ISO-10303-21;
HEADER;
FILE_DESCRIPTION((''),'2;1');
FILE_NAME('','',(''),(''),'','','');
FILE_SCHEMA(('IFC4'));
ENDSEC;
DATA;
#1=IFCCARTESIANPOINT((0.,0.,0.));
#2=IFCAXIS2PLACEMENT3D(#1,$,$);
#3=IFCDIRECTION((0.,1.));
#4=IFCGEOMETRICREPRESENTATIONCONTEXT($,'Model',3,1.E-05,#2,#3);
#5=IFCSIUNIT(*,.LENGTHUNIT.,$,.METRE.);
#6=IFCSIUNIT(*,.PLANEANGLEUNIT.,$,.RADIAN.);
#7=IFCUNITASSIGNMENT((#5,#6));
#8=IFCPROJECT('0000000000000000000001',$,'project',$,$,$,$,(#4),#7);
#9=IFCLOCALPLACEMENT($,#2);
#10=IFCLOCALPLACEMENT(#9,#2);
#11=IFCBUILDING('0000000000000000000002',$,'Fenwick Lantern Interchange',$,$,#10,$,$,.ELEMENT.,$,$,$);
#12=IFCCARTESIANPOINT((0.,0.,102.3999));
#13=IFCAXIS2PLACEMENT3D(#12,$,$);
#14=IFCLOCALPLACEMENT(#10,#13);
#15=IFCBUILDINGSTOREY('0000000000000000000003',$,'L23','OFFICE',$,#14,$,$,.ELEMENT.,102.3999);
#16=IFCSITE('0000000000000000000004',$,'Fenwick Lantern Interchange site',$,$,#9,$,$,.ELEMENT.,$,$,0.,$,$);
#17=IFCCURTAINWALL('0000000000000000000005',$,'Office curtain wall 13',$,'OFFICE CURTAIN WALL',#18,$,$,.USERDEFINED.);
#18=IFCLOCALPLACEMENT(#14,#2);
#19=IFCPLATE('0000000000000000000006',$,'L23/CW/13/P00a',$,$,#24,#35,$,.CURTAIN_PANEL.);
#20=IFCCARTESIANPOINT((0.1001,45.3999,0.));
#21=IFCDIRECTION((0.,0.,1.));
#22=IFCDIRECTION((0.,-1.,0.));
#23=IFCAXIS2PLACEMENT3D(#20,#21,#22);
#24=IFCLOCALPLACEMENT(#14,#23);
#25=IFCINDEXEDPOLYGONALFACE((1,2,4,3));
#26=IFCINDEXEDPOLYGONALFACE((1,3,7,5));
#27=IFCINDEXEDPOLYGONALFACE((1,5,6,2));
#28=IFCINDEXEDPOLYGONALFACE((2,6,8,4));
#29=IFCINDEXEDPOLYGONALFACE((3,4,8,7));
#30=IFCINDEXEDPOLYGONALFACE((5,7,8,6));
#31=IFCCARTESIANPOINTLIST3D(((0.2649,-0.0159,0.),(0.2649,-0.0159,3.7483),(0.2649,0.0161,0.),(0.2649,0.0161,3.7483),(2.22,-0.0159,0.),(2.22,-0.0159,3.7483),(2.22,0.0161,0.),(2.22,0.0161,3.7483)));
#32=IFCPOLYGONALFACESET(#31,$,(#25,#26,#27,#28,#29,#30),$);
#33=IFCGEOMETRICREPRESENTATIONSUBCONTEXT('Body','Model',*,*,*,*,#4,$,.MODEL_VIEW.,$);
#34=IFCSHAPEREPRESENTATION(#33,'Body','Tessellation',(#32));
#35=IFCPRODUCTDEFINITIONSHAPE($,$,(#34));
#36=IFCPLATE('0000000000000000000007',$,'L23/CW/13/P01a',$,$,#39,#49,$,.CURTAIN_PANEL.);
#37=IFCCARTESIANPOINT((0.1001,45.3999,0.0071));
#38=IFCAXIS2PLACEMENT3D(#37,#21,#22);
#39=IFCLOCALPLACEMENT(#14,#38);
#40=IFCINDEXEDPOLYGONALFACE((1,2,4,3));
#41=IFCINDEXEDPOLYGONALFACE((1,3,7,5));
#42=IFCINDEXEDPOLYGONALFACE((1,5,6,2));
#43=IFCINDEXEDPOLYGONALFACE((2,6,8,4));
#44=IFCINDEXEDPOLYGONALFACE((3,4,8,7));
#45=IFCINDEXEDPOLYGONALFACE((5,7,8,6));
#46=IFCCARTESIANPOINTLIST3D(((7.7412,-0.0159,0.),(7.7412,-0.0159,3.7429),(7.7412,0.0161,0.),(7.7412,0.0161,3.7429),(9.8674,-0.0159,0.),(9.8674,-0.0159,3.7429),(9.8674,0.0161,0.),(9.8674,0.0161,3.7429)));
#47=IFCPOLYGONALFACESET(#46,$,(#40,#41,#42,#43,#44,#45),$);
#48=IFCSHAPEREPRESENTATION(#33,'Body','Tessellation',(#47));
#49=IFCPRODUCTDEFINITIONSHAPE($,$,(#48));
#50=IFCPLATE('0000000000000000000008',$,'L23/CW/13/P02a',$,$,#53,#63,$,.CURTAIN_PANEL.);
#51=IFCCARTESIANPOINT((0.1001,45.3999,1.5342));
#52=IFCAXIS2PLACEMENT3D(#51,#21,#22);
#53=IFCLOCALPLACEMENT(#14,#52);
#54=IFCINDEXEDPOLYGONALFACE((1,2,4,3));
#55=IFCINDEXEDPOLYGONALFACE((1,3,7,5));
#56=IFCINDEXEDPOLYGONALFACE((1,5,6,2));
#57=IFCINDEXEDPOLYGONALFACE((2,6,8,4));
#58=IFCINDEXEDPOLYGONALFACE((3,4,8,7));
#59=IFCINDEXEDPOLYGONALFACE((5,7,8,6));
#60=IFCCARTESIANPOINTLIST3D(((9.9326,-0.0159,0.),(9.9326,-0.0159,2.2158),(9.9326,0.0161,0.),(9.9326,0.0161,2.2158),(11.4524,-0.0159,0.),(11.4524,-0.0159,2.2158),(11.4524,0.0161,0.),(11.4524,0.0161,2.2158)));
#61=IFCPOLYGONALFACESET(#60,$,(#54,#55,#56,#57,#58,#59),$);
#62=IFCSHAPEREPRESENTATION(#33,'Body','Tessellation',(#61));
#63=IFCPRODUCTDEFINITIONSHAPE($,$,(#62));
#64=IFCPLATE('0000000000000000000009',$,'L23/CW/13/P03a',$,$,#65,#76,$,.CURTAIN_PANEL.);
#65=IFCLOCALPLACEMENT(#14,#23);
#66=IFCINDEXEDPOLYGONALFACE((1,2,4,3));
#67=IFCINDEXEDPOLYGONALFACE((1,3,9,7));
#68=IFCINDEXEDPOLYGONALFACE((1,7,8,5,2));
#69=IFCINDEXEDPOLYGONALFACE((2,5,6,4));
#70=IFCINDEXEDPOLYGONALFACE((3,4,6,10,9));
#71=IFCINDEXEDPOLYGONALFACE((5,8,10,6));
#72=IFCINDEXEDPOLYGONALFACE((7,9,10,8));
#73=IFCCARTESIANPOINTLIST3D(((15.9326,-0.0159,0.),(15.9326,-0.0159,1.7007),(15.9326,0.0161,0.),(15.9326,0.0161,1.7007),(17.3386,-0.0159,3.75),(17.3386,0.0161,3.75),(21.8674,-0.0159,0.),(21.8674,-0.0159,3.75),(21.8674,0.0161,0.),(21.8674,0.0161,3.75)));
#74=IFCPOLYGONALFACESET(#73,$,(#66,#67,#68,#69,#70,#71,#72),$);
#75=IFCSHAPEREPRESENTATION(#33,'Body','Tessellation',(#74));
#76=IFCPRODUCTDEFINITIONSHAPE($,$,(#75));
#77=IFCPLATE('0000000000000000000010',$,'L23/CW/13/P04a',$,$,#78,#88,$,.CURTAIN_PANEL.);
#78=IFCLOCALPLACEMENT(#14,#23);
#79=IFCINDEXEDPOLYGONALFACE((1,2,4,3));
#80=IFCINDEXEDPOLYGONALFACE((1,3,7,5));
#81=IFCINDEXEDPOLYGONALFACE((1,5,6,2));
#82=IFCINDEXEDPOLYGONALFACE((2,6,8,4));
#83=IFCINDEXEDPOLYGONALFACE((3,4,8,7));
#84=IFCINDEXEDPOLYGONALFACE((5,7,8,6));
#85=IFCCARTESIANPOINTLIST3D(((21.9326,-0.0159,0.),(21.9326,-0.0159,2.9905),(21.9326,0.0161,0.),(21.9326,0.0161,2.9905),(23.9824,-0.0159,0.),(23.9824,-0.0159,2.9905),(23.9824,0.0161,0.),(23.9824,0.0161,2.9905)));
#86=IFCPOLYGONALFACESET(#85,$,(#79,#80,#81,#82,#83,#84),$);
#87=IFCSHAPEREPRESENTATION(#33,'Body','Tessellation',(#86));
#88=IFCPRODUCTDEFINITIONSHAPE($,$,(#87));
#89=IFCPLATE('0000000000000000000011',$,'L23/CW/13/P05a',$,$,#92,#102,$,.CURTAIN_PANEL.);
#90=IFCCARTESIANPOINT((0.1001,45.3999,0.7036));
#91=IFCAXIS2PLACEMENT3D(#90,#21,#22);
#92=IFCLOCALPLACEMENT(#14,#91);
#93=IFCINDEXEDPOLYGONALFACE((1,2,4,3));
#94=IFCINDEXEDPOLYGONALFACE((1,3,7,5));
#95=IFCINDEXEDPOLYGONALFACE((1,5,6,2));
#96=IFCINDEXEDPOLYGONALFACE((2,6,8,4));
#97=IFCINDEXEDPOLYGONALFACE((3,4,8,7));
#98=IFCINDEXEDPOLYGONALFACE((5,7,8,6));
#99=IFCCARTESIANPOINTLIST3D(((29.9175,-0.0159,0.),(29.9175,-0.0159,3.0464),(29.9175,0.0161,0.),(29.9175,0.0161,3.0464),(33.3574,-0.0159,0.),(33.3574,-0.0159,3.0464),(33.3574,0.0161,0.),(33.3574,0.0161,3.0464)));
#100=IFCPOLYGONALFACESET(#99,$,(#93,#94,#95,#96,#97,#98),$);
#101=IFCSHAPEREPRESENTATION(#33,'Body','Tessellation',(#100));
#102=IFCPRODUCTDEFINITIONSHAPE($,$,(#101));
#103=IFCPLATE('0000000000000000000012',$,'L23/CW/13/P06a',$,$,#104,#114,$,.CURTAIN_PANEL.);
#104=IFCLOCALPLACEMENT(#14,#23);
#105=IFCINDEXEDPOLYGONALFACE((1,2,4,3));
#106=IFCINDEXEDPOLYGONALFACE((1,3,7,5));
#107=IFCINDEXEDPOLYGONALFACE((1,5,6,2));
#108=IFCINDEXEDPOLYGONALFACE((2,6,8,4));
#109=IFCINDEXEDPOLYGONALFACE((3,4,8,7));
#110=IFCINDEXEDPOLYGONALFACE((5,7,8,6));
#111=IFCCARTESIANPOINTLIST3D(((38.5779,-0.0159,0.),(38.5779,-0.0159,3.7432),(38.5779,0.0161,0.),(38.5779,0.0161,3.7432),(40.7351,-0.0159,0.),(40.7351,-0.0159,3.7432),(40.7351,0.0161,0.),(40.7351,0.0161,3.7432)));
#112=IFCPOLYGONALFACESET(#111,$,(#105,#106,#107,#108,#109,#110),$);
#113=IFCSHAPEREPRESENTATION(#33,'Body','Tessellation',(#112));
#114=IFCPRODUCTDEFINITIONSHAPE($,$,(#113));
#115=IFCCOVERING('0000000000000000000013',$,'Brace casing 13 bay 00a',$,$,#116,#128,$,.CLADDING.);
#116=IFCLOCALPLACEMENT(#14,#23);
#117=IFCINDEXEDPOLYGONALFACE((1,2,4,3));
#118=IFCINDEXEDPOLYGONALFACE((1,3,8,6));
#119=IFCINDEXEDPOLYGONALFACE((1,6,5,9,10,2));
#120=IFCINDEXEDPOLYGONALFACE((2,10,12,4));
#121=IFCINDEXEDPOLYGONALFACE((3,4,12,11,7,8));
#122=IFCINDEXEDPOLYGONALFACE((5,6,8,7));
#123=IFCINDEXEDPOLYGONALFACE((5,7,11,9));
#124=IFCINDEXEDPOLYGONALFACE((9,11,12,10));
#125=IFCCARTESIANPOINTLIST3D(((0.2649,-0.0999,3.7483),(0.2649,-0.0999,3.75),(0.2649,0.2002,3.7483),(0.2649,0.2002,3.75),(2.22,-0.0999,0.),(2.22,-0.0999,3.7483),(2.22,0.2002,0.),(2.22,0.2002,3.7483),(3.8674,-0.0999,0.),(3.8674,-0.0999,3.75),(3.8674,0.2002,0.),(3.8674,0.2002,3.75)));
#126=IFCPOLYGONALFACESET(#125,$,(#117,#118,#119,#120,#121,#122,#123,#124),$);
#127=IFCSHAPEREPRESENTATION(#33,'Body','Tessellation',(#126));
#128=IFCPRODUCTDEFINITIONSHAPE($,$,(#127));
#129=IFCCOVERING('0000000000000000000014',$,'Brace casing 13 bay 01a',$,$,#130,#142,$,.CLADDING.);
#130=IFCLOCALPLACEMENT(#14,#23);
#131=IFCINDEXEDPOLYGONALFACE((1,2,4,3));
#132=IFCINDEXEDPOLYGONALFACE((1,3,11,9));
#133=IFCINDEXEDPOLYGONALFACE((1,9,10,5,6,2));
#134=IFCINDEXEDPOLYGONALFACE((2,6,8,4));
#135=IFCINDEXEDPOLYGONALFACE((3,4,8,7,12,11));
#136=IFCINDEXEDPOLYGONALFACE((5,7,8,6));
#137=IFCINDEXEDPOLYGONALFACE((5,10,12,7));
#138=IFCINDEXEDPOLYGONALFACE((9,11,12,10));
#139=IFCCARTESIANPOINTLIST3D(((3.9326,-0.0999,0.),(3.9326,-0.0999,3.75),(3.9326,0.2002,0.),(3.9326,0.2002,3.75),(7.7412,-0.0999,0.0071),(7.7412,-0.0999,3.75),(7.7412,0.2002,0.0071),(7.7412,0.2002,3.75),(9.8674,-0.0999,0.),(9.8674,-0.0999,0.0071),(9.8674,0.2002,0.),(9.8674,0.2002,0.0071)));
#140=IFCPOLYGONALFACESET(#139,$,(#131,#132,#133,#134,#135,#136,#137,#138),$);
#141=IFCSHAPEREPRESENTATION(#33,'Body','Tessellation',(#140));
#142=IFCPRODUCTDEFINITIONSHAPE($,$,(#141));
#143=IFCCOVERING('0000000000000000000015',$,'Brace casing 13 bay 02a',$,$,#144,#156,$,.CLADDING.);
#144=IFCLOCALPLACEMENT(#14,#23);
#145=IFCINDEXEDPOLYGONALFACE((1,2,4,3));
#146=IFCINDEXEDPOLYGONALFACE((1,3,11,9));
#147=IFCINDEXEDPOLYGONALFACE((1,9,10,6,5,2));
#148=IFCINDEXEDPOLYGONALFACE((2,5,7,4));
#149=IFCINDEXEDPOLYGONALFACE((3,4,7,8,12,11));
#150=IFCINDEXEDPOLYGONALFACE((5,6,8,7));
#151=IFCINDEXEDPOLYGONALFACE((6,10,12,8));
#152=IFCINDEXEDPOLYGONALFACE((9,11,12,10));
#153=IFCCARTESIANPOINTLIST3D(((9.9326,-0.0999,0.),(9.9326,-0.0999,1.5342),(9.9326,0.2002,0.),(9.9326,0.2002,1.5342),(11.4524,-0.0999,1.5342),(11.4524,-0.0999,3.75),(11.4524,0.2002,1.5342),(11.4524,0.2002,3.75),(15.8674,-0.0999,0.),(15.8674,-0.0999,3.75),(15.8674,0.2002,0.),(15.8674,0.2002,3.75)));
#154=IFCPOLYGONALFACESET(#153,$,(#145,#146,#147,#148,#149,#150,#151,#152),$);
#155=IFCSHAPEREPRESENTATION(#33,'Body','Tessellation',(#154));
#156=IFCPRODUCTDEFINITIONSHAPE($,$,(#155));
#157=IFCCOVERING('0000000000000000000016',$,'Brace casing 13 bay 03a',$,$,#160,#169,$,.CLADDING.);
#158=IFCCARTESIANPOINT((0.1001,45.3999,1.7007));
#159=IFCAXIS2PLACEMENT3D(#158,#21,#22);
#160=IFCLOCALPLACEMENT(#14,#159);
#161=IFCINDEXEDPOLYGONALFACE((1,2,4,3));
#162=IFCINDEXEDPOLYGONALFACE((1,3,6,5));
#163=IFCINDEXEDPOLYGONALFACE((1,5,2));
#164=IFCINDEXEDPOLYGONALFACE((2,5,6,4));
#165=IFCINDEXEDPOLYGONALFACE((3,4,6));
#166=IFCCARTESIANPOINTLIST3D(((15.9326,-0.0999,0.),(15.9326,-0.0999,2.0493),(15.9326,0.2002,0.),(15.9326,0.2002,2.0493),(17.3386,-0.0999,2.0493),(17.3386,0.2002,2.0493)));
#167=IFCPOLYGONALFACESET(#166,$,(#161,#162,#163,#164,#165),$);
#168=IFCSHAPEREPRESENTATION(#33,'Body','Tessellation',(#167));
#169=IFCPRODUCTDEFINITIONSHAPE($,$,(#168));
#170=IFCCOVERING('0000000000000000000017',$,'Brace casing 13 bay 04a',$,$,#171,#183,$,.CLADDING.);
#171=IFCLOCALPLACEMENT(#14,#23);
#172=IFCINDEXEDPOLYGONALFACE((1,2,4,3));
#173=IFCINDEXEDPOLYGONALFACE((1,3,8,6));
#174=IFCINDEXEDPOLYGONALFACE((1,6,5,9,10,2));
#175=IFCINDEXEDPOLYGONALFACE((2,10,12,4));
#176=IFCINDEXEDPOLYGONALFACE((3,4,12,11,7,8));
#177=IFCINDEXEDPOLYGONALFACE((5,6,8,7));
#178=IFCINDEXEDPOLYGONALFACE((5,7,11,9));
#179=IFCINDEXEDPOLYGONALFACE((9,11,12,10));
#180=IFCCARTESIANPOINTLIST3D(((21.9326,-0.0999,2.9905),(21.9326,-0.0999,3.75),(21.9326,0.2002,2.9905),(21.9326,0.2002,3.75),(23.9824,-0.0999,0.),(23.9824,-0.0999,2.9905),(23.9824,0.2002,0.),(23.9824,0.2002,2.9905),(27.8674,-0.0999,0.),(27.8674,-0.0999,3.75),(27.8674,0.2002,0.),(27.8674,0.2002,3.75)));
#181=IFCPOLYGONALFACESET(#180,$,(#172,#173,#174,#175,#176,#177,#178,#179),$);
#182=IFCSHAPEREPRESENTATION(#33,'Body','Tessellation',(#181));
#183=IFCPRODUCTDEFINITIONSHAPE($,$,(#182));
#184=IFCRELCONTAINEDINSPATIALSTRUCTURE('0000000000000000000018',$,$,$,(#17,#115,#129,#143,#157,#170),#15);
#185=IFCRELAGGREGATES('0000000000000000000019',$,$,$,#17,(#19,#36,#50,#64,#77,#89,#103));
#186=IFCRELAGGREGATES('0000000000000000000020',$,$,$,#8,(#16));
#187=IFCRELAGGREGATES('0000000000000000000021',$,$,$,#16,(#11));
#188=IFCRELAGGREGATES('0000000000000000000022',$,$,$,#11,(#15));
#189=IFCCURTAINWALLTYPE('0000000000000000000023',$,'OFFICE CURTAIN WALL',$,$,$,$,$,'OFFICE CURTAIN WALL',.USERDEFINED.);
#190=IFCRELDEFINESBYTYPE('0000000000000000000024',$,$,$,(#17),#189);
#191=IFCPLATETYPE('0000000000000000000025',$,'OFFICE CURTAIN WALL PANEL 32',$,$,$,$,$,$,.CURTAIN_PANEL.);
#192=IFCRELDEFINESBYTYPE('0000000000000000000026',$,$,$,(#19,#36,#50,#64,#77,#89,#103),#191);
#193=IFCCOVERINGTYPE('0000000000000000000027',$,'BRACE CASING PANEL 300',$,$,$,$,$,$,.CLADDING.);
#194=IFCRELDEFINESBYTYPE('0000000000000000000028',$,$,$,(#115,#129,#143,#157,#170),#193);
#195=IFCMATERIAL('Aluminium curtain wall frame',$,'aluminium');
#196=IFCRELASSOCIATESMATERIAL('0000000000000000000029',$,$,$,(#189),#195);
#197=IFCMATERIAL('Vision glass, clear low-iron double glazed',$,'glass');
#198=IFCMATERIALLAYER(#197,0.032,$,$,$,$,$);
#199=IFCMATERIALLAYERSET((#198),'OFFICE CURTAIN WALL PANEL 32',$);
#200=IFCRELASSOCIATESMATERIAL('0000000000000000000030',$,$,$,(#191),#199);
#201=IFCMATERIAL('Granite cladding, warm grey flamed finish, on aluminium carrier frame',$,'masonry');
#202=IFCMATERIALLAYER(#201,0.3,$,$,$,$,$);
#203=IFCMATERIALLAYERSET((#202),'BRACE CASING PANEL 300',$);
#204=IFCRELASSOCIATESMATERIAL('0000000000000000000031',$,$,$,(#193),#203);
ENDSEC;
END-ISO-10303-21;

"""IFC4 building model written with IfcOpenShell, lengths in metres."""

from ifc_helpers import new_model, si_unit, direction, frame, origin, place, context, subcontext, project, spatial, polyline, outline, extrude, material, layer, layer_set, type_object, element, aggregate, save


model = new_model("IFC4")

# Units and contexts
model_context = context("Model", 3, precision=1e-05, world=origin(), true_north=direction((0.0, 1.0)))
body_context = subcontext(model_context, "Body", "Model", "MODEL_VIEW")
ifc_project = project(units=[si_unit("LENGTHUNIT", "METRE"), si_unit("PLANEANGLEUNIT", "RADIAN")], contexts=[model_context])

# Site, building, storey
site_placement = place(None, origin())
site = spatial("IfcSite", under=ifc_project, at=site_placement, Name="Fenwick Lantern Interchange site", CompositionType="ELEMENT", RefElevation=0.0)
building_placement = place(site_placement, origin())
building = spatial("IfcBuilding", under=site, at=building_placement, Name="Fenwick Lantern Interchange", CompositionType="ELEMENT")
storey_placement = place(building_placement, frame((0.0, 0.0, 102.3999)))
storey = spatial("IfcBuildingStorey", under=building, at=storey_placement, Name="L23", Description="OFFICE", CompositionType="ELEMENT", Elevation=102.3999)

# Shared definitions
ifc_material_1 = material(Name="Aluminium curtain wall frame", Category="aluminium")
curtain_wall_type = type_object("IfcCurtainWallType", Name="OFFICE CURTAIN WALL", ElementType="OFFICE CURTAIN WALL", PredefinedType="USERDEFINED", material=ifc_material_1)

# Curtain wall
curtain_wall_1_placement = place(storey_placement, origin())
curtain_wall_1 = element("IfcCurtainWall", 1, at=curtain_wall_1_placement, inside=storey, type_object=curtain_wall_type, Name="Office curtain wall 13", ObjectType="OFFICE CURTAIN WALL", PredefinedType="USERDEFINED")

# Plates
ifc_material_2 = material(Name="Vision glass, clear low-iron double glazed", Category="glass")
ifc_layer_1 = layer(ifc_material_2, 0.032)
ifc_layer_set_1 = layer_set([ifc_layer_1], Name="OFFICE CURTAIN WALL PANEL 32")
plate_type = type_object("IfcPlateType", Name="OFFICE CURTAIN WALL PANEL 32", PredefinedType="CURTAIN_PANEL", material=ifc_layer_set_1)
plate_1_placement = place(storey_placement, frame((0.1001, 45.3999, 0.0), z_axis=(0.0, 0.0, 1.0), x_axis=(0.0, -1.0, 0.0)))
plate_1 = element("IfcPlate", 2, at=plate_1_placement, type_object=plate_type, Name="L23/CW/13/P00a", PredefinedType="CURTAIN_PANEL", context=body_context, shape_type="SweptSolid", body=[
    extrude(outline(polyline([(0.2649, 0.0), (2.22, 0.0), (2.22, 3.7483), (0.2649, 3.7483), (0.2649, 0.0)])), frame((0.0, 0.0161, 0.0), z_axis=(0.0, -1.0, 0.0), x_axis=(1.0, 0.0, 0.0)), (0.0, 0.0, 1.0), 0.032),
])
plate_2_placement = place(storey_placement, frame((0.1001, 45.3999, 0.0071), z_axis=(0.0, 0.0, 1.0), x_axis=(0.0, -1.0, 0.0)))
plate_2 = element("IfcPlate", 3, at=plate_2_placement, type_object=plate_type, Name="L23/CW/13/P01a", PredefinedType="CURTAIN_PANEL", context=body_context, shape_type="SweptSolid", body=[
    extrude(outline(polyline([(7.7412, 0.0), (9.8674, 0.0), (9.8674, 3.7429), (7.7412, 3.7429), (7.7412, 0.0)])), frame((0.0, 0.0161, 0.0), z_axis=(0.0, -1.0, 0.0), x_axis=(1.0, 0.0, 0.0)), (0.0, 0.0, 1.0), 0.032),
])
plate_3_placement = place(storey_placement, frame((0.1001, 45.3999, 1.5342), z_axis=(0.0, 0.0, 1.0), x_axis=(0.0, -1.0, 0.0)))
plate_3 = element("IfcPlate", 4, at=plate_3_placement, type_object=plate_type, Name="L23/CW/13/P02a", PredefinedType="CURTAIN_PANEL", context=body_context, shape_type="SweptSolid", body=[
    extrude(outline(polyline([(9.9326, 0.0), (11.4524, 0.0), (11.4524, 2.2158), (9.9326, 2.2158), (9.9326, 0.0)])), frame((0.0, 0.0161, 0.0), z_axis=(0.0, -1.0, 0.0), x_axis=(1.0, 0.0, 0.0)), (0.0, 0.0, 1.0), 0.032),
])
plate_4_placement = place(storey_placement, frame((0.1001, 45.3999, 0.0), z_axis=(0.0, 0.0, 1.0), x_axis=(0.0, -1.0, 0.0)))
plate_4 = element("IfcPlate", 5, at=plate_4_placement, type_object=plate_type, Name="L23/CW/13/P03a", PredefinedType="CURTAIN_PANEL", context=body_context, shape_type="SweptSolid", body=[
    extrude(outline(polyline([(15.9326, 0.0), (21.8674, 0.0), (21.8674, 3.75), (17.3386, 3.75), (15.9326, 1.7007), (15.9326, 0.0)])), frame((0.0, 0.0161, 0.0), z_axis=(0.0, -1.0, 0.0), x_axis=(1.0, 0.0, 0.0)), (0.0, 0.0, 1.0), 0.032),
])
plate_5_placement = place(storey_placement, frame((0.1001, 45.3999, 0.0), z_axis=(0.0, 0.0, 1.0), x_axis=(0.0, -1.0, 0.0)))
plate_5 = element("IfcPlate", 6, at=plate_5_placement, type_object=plate_type, Name="L23/CW/13/P04a", PredefinedType="CURTAIN_PANEL", context=body_context, shape_type="SweptSolid", body=[
    extrude(outline(polyline([(21.9326, 0.0), (23.9824, 0.0), (23.9824, 2.9905), (21.9326, 2.9905), (21.9326, 0.0)])), frame((0.0, 0.0161, 0.0), z_axis=(0.0, -1.0, 0.0), x_axis=(1.0, 0.0, 0.0)), (0.0, 0.0, 1.0), 0.032),
])
plate_6_placement = place(storey_placement, frame((0.1001, 45.3999, 0.7036), z_axis=(0.0, 0.0, 1.0), x_axis=(0.0, -1.0, 0.0)))
plate_6 = element("IfcPlate", 7, at=plate_6_placement, type_object=plate_type, Name="L23/CW/13/P05a", PredefinedType="CURTAIN_PANEL", context=body_context, shape_type="SweptSolid", body=[
    extrude(outline(polyline([(29.9175, 0.0), (33.3574, 0.0), (33.3574, 3.0464), (29.9175, 3.0464), (29.9175, 0.0)])), frame((0.0, 0.0161, 0.0), z_axis=(0.0, -1.0, 0.0), x_axis=(1.0, 0.0, 0.0)), (0.0, 0.0, 1.0), 0.032),
])
plate_7_placement = place(storey_placement, frame((0.1001, 45.3999, 0.0), z_axis=(0.0, 0.0, 1.0), x_axis=(0.0, -1.0, 0.0)))
plate_7 = element("IfcPlate", 8, at=plate_7_placement, type_object=plate_type, Name="L23/CW/13/P06a", PredefinedType="CURTAIN_PANEL", context=body_context, shape_type="SweptSolid", body=[
    extrude(outline(polyline([(38.5779, 0.0), (40.7351, 0.0), (40.7351, 3.7432), (38.5779, 3.7432), (38.5779, 0.0)])), frame((0.0, 0.0161, 0.0), z_axis=(0.0, -1.0, 0.0), x_axis=(1.0, 0.0, 0.0)), (0.0, 0.0, 1.0), 0.032),
])
aggregate(curtain_wall_1, [plate_1, plate_2, plate_3, plate_4, plate_5, plate_6, plate_7])

# Coverings
ifc_material_3 = material(Name="Granite cladding, warm grey flamed finish, on aluminium carrier frame", Category="masonry")
ifc_layer_2 = layer(ifc_material_3, 0.3)
ifc_layer_set_2 = layer_set([ifc_layer_2], Name="BRACE CASING PANEL 300")
covering_type = type_object("IfcCoveringType", Name="BRACE CASING PANEL 300", PredefinedType="CLADDING", material=ifc_layer_set_2)
covering_1_placement = place(storey_placement, frame((0.1001, 45.3999, 0.0), z_axis=(0.0, 0.0, 1.0), x_axis=(0.0, -1.0, 0.0)))
element("IfcCovering", 9, at=covering_1_placement, inside=storey, type_object=covering_type, Name="Brace casing 13 bay 00a", PredefinedType="CLADDING", context=body_context, shape_type="SweptSolid", body=[
    extrude(outline(polyline([(2.22, 0.0), (3.8674, 0.0), (3.8674, 3.75), (0.2649, 3.75), (0.2649, 3.7483), (2.22, 3.7483), (2.22, 0.0)])), frame((0.0, 0.2002, 0.0), z_axis=(0.0, -1.0, 0.0), x_axis=(1.0, 0.0, 0.0)), (0.0, 0.0, 1.0), 0.3),
])
covering_2_placement = place(storey_placement, frame((0.1001, 45.3999, 0.0), z_axis=(0.0, 0.0, 1.0), x_axis=(0.0, -1.0, 0.0)))
element("IfcCovering", 10, at=covering_2_placement, inside=storey, type_object=covering_type, Name="Brace casing 13 bay 01a", PredefinedType="CLADDING", context=body_context, shape_type="SweptSolid", body=[
    extrude(outline(polyline([(3.9326, 0.0), (9.8674, 0.0), (9.8674, 0.0071), (7.7412, 0.0071), (7.7412, 3.75), (3.9326, 3.75), (3.9326, 0.0)])), frame((0.0, 0.2002, 0.0), z_axis=(0.0, -1.0, 0.0), x_axis=(1.0, 0.0, 0.0)), (0.0, 0.0, 1.0), 0.3),
])
covering_3_placement = place(storey_placement, frame((0.1001, 45.3999, 0.0), z_axis=(0.0, 0.0, 1.0), x_axis=(0.0, -1.0, 0.0)))
element("IfcCovering", 11, at=covering_3_placement, inside=storey, type_object=covering_type, Name="Brace casing 13 bay 02a", PredefinedType="CLADDING", context=body_context, shape_type="SweptSolid", body=[
    extrude(outline(polyline([(9.9326, 0.0), (15.8674, 0.0), (15.8674, 3.75), (11.4524, 3.75), (11.4524, 1.5342), (9.9326, 1.5342), (9.9326, 0.0)])), frame((0.0, 0.2002, 0.0), z_axis=(0.0, -1.0, 0.0), x_axis=(1.0, 0.0, 0.0)), (0.0, 0.0, 1.0), 0.3),
])
covering_4_placement = place(storey_placement, frame((0.1001, 45.3999, 1.7007), z_axis=(0.0, 0.0, 1.0), x_axis=(0.0, -1.0, 0.0)))
element("IfcCovering", 12, at=covering_4_placement, inside=storey, type_object=covering_type, Name="Brace casing 13 bay 03a", PredefinedType="CLADDING", context=body_context, shape_type="SweptSolid", body=[
    extrude(outline(polyline([(15.9326, 0.0), (17.3386, 2.0493), (15.9326, 2.0493), (15.9326, 0.0)])), frame((0.0, 0.2002, 0.0), z_axis=(0.0, -1.0, 0.0), x_axis=(1.0, 0.0, 0.0)), (0.0, 0.0, 1.0), 0.3),
])
covering_5_placement = place(storey_placement, frame((0.1001, 45.3999, 0.0), z_axis=(0.0, 0.0, 1.0), x_axis=(0.0, -1.0, 0.0)))
element("IfcCovering", 13, at=covering_5_placement, inside=storey, type_object=covering_type, Name="Brace casing 13 bay 04a", PredefinedType="CLADDING", context=body_context, shape_type="SweptSolid", body=[
    extrude(outline(polyline([(23.9824, 0.0), (27.8674, 0.0), (27.8674, 3.75), (21.9326, 3.75), (21.9326, 2.9905), (23.9824, 2.9905), (23.9824, 0.0)])), frame((0.0, 0.2002, 0.0), z_axis=(0.0, -1.0, 0.0), x_axis=(1.0, 0.0, 0.0)), (0.0, 0.0, 1.0), 0.3),
])

save(model, "model.ifc")
